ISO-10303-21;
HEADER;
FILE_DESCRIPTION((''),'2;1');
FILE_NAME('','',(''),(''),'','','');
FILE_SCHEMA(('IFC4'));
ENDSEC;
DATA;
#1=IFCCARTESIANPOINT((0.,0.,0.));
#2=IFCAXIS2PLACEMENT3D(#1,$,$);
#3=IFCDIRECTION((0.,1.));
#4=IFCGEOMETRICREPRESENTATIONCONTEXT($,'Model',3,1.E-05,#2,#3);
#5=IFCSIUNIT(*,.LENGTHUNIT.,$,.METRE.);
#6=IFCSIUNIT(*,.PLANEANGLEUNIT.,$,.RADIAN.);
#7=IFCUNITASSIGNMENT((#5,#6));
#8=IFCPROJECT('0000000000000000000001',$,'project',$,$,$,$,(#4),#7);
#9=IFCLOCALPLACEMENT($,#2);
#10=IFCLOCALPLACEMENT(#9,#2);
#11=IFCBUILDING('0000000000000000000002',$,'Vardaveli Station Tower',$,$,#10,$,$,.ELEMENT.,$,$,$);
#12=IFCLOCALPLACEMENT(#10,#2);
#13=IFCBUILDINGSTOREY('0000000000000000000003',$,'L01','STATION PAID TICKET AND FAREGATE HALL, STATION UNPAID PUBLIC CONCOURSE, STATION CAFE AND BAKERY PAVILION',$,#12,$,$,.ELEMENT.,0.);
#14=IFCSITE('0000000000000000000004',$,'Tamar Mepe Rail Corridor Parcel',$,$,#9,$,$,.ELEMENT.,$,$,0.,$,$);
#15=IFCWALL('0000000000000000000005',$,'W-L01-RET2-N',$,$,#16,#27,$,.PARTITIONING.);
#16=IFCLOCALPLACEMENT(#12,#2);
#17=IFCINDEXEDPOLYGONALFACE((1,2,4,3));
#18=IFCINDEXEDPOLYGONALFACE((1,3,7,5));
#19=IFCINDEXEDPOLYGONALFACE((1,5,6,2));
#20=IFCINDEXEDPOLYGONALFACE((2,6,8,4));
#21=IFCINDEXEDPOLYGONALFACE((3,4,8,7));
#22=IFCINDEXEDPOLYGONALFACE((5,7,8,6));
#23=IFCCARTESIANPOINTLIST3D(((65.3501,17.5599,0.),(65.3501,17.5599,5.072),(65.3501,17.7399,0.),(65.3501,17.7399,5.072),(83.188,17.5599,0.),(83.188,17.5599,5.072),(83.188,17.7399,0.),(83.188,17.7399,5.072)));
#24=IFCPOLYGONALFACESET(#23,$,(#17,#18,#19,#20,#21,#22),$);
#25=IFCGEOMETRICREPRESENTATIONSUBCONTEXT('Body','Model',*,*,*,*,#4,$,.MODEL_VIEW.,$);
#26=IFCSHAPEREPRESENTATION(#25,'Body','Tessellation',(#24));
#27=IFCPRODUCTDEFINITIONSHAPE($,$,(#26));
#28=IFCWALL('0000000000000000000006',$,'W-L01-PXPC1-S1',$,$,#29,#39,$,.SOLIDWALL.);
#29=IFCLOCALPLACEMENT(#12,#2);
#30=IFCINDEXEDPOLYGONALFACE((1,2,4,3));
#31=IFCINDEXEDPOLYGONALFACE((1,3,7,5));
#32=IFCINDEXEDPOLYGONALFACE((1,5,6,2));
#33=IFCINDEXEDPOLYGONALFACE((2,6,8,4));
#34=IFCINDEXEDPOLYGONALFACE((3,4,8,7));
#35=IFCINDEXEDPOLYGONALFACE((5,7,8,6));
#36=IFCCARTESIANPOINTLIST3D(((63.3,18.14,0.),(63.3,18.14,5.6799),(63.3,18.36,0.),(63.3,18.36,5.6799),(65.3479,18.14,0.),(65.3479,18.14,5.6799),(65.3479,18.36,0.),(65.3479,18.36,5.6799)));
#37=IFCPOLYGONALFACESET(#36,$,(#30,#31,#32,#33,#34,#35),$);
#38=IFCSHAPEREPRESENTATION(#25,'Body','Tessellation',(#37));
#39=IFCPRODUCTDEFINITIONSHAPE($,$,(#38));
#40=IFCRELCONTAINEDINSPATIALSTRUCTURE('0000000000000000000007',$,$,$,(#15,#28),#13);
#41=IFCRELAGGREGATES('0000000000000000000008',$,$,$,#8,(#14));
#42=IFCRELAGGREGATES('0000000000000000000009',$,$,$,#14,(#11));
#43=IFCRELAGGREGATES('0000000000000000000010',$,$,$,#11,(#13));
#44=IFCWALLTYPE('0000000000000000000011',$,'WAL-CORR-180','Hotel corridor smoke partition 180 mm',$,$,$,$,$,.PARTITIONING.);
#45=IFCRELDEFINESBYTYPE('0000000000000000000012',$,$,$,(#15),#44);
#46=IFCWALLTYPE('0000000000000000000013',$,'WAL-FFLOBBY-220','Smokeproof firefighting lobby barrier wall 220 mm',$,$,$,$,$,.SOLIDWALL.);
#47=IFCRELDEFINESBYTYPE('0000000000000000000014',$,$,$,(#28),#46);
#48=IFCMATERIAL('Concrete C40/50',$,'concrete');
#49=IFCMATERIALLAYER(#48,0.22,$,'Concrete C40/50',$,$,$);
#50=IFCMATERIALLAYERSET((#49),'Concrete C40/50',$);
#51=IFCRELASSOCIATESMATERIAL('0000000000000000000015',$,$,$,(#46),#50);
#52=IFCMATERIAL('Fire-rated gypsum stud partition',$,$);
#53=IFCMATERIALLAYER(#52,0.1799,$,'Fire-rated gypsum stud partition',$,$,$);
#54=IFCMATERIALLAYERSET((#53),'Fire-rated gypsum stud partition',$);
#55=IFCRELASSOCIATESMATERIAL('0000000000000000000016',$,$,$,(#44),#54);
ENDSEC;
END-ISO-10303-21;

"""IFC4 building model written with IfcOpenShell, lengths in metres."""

from ifc_helpers import new_model, si_unit, direction, frame, frame_2d, origin, place, context, subcontext, project, spatial, rectangle, extrude, source, transform, mapped, material, layer, layer_set, type_object, element, save


model = new_model("IFC4")

# Units and contexts
model_context = context("Model", 3, precision=1e-05, world=origin(), true_north=direction((0.0, 1.0)))
body_context = subcontext(model_context, "Body", "Model", "MODEL_VIEW")
ifc_project = project(units=[si_unit("LENGTHUNIT", "METRE"), si_unit("PLANEANGLEUNIT", "RADIAN")], contexts=[model_context])

# Site, building, storey
site_placement = place(None, origin())
site = spatial("IfcSite", under=ifc_project, at=site_placement, Name="Tamar Mepe Rail Corridor Parcel", CompositionType="ELEMENT", RefElevation=0.0)
building_placement = place(site_placement, origin())
building = spatial("IfcBuilding", under=site, at=building_placement, Name="Vardaveli Station Tower", CompositionType="ELEMENT")
storey_placement = place(building_placement, origin())
storey = spatial("IfcBuildingStorey", under=building, at=storey_placement, Name="L01", Description="STATION PAID TICKET AND FAREGATE HALL, STATION UNPAID PUBLIC CONCOURSE, STATION CAFE AND BAKERY PAVILION", CompositionType="ELEMENT", Elevation=0.0)

# Shared definitions
ifc_material_1 = material(Name="Concrete C40/50", Category="concrete")

# Shared definitions
ifc_layer_1 = layer(ifc_material_1, 0.22, Name="Concrete C40/50")
ifc_layer_set_1 = layer_set([ifc_layer_1], Name="Concrete C40/50")
wall_type_1 = type_object("IfcWallType", Name="WAL-FFLOBBY-220", Description="Smokeproof firefighting lobby barrier wall 220 mm", PredefinedType="SOLIDWALL", material=ifc_layer_set_1)

# Walls
ifc_material_2 = material(Name="Fire-rated gypsum stud partition")
ifc_layer_2 = layer(ifc_material_2, 0.1799, Name="Fire-rated gypsum stud partition")
ifc_layer_set_2 = layer_set([ifc_layer_2], Name="Fire-rated gypsum stud partition")
wall_type_2 = type_object("IfcWallType", Name="WAL-CORR-180", Description="Hotel corridor smoke partition 180 mm", PredefinedType="PARTITIONING", material=ifc_layer_set_2)
shared_shape_1 = source(origin(), body_context, "Body", "SweptSolid", [
    extrude(rectangle(XDim=17.8379, YDim=0.1799, at=frame_2d((8.9189, 0.0))), origin(), (0.0, 0.0, 1.0), 5.072),
])
wall_1_placement = place(storey_placement, frame((65.3501, 17.6499, 0.0), z_axis=(0.0, 0.0, 1.0), x_axis=(1.0, 0.0, 0.0)))
element("IfcWall", 1, at=wall_1_placement, inside=storey, type_object=wall_type_2, Name="W-L01-RET2-N", PredefinedType="PARTITIONING", context=body_context, shape_type="MappedRepresentation", body=[
    mapped(shared_shape_1, transform((0.0, 0.0, 0.0), scale=1.0)),
])
shared_shape_2 = source(origin(), body_context, "Body", "SweptSolid", [
    extrude(rectangle(XDim=2.0479, YDim=0.22, at=frame_2d((1.0239, 0.0))), origin(), (0.0, 0.0, 1.0), 5.6799),
])
wall_2_placement = place(storey_placement, frame((63.3, 18.25, 0.0), z_axis=(0.0, 0.0, 1.0), x_axis=(1.0, 0.0, 0.0)))
element("IfcWall", 2, at=wall_2_placement, inside=storey, type_object=wall_type_1, Name="W-L01-PXPC1-S1", PredefinedType="SOLIDWALL", context=body_context, shape_type="MappedRepresentation", body=[
    mapped(shared_shape_2, transform((0.0, 0.0, 0.0), scale=1.0)),
])

save(model, "model.ifc")
